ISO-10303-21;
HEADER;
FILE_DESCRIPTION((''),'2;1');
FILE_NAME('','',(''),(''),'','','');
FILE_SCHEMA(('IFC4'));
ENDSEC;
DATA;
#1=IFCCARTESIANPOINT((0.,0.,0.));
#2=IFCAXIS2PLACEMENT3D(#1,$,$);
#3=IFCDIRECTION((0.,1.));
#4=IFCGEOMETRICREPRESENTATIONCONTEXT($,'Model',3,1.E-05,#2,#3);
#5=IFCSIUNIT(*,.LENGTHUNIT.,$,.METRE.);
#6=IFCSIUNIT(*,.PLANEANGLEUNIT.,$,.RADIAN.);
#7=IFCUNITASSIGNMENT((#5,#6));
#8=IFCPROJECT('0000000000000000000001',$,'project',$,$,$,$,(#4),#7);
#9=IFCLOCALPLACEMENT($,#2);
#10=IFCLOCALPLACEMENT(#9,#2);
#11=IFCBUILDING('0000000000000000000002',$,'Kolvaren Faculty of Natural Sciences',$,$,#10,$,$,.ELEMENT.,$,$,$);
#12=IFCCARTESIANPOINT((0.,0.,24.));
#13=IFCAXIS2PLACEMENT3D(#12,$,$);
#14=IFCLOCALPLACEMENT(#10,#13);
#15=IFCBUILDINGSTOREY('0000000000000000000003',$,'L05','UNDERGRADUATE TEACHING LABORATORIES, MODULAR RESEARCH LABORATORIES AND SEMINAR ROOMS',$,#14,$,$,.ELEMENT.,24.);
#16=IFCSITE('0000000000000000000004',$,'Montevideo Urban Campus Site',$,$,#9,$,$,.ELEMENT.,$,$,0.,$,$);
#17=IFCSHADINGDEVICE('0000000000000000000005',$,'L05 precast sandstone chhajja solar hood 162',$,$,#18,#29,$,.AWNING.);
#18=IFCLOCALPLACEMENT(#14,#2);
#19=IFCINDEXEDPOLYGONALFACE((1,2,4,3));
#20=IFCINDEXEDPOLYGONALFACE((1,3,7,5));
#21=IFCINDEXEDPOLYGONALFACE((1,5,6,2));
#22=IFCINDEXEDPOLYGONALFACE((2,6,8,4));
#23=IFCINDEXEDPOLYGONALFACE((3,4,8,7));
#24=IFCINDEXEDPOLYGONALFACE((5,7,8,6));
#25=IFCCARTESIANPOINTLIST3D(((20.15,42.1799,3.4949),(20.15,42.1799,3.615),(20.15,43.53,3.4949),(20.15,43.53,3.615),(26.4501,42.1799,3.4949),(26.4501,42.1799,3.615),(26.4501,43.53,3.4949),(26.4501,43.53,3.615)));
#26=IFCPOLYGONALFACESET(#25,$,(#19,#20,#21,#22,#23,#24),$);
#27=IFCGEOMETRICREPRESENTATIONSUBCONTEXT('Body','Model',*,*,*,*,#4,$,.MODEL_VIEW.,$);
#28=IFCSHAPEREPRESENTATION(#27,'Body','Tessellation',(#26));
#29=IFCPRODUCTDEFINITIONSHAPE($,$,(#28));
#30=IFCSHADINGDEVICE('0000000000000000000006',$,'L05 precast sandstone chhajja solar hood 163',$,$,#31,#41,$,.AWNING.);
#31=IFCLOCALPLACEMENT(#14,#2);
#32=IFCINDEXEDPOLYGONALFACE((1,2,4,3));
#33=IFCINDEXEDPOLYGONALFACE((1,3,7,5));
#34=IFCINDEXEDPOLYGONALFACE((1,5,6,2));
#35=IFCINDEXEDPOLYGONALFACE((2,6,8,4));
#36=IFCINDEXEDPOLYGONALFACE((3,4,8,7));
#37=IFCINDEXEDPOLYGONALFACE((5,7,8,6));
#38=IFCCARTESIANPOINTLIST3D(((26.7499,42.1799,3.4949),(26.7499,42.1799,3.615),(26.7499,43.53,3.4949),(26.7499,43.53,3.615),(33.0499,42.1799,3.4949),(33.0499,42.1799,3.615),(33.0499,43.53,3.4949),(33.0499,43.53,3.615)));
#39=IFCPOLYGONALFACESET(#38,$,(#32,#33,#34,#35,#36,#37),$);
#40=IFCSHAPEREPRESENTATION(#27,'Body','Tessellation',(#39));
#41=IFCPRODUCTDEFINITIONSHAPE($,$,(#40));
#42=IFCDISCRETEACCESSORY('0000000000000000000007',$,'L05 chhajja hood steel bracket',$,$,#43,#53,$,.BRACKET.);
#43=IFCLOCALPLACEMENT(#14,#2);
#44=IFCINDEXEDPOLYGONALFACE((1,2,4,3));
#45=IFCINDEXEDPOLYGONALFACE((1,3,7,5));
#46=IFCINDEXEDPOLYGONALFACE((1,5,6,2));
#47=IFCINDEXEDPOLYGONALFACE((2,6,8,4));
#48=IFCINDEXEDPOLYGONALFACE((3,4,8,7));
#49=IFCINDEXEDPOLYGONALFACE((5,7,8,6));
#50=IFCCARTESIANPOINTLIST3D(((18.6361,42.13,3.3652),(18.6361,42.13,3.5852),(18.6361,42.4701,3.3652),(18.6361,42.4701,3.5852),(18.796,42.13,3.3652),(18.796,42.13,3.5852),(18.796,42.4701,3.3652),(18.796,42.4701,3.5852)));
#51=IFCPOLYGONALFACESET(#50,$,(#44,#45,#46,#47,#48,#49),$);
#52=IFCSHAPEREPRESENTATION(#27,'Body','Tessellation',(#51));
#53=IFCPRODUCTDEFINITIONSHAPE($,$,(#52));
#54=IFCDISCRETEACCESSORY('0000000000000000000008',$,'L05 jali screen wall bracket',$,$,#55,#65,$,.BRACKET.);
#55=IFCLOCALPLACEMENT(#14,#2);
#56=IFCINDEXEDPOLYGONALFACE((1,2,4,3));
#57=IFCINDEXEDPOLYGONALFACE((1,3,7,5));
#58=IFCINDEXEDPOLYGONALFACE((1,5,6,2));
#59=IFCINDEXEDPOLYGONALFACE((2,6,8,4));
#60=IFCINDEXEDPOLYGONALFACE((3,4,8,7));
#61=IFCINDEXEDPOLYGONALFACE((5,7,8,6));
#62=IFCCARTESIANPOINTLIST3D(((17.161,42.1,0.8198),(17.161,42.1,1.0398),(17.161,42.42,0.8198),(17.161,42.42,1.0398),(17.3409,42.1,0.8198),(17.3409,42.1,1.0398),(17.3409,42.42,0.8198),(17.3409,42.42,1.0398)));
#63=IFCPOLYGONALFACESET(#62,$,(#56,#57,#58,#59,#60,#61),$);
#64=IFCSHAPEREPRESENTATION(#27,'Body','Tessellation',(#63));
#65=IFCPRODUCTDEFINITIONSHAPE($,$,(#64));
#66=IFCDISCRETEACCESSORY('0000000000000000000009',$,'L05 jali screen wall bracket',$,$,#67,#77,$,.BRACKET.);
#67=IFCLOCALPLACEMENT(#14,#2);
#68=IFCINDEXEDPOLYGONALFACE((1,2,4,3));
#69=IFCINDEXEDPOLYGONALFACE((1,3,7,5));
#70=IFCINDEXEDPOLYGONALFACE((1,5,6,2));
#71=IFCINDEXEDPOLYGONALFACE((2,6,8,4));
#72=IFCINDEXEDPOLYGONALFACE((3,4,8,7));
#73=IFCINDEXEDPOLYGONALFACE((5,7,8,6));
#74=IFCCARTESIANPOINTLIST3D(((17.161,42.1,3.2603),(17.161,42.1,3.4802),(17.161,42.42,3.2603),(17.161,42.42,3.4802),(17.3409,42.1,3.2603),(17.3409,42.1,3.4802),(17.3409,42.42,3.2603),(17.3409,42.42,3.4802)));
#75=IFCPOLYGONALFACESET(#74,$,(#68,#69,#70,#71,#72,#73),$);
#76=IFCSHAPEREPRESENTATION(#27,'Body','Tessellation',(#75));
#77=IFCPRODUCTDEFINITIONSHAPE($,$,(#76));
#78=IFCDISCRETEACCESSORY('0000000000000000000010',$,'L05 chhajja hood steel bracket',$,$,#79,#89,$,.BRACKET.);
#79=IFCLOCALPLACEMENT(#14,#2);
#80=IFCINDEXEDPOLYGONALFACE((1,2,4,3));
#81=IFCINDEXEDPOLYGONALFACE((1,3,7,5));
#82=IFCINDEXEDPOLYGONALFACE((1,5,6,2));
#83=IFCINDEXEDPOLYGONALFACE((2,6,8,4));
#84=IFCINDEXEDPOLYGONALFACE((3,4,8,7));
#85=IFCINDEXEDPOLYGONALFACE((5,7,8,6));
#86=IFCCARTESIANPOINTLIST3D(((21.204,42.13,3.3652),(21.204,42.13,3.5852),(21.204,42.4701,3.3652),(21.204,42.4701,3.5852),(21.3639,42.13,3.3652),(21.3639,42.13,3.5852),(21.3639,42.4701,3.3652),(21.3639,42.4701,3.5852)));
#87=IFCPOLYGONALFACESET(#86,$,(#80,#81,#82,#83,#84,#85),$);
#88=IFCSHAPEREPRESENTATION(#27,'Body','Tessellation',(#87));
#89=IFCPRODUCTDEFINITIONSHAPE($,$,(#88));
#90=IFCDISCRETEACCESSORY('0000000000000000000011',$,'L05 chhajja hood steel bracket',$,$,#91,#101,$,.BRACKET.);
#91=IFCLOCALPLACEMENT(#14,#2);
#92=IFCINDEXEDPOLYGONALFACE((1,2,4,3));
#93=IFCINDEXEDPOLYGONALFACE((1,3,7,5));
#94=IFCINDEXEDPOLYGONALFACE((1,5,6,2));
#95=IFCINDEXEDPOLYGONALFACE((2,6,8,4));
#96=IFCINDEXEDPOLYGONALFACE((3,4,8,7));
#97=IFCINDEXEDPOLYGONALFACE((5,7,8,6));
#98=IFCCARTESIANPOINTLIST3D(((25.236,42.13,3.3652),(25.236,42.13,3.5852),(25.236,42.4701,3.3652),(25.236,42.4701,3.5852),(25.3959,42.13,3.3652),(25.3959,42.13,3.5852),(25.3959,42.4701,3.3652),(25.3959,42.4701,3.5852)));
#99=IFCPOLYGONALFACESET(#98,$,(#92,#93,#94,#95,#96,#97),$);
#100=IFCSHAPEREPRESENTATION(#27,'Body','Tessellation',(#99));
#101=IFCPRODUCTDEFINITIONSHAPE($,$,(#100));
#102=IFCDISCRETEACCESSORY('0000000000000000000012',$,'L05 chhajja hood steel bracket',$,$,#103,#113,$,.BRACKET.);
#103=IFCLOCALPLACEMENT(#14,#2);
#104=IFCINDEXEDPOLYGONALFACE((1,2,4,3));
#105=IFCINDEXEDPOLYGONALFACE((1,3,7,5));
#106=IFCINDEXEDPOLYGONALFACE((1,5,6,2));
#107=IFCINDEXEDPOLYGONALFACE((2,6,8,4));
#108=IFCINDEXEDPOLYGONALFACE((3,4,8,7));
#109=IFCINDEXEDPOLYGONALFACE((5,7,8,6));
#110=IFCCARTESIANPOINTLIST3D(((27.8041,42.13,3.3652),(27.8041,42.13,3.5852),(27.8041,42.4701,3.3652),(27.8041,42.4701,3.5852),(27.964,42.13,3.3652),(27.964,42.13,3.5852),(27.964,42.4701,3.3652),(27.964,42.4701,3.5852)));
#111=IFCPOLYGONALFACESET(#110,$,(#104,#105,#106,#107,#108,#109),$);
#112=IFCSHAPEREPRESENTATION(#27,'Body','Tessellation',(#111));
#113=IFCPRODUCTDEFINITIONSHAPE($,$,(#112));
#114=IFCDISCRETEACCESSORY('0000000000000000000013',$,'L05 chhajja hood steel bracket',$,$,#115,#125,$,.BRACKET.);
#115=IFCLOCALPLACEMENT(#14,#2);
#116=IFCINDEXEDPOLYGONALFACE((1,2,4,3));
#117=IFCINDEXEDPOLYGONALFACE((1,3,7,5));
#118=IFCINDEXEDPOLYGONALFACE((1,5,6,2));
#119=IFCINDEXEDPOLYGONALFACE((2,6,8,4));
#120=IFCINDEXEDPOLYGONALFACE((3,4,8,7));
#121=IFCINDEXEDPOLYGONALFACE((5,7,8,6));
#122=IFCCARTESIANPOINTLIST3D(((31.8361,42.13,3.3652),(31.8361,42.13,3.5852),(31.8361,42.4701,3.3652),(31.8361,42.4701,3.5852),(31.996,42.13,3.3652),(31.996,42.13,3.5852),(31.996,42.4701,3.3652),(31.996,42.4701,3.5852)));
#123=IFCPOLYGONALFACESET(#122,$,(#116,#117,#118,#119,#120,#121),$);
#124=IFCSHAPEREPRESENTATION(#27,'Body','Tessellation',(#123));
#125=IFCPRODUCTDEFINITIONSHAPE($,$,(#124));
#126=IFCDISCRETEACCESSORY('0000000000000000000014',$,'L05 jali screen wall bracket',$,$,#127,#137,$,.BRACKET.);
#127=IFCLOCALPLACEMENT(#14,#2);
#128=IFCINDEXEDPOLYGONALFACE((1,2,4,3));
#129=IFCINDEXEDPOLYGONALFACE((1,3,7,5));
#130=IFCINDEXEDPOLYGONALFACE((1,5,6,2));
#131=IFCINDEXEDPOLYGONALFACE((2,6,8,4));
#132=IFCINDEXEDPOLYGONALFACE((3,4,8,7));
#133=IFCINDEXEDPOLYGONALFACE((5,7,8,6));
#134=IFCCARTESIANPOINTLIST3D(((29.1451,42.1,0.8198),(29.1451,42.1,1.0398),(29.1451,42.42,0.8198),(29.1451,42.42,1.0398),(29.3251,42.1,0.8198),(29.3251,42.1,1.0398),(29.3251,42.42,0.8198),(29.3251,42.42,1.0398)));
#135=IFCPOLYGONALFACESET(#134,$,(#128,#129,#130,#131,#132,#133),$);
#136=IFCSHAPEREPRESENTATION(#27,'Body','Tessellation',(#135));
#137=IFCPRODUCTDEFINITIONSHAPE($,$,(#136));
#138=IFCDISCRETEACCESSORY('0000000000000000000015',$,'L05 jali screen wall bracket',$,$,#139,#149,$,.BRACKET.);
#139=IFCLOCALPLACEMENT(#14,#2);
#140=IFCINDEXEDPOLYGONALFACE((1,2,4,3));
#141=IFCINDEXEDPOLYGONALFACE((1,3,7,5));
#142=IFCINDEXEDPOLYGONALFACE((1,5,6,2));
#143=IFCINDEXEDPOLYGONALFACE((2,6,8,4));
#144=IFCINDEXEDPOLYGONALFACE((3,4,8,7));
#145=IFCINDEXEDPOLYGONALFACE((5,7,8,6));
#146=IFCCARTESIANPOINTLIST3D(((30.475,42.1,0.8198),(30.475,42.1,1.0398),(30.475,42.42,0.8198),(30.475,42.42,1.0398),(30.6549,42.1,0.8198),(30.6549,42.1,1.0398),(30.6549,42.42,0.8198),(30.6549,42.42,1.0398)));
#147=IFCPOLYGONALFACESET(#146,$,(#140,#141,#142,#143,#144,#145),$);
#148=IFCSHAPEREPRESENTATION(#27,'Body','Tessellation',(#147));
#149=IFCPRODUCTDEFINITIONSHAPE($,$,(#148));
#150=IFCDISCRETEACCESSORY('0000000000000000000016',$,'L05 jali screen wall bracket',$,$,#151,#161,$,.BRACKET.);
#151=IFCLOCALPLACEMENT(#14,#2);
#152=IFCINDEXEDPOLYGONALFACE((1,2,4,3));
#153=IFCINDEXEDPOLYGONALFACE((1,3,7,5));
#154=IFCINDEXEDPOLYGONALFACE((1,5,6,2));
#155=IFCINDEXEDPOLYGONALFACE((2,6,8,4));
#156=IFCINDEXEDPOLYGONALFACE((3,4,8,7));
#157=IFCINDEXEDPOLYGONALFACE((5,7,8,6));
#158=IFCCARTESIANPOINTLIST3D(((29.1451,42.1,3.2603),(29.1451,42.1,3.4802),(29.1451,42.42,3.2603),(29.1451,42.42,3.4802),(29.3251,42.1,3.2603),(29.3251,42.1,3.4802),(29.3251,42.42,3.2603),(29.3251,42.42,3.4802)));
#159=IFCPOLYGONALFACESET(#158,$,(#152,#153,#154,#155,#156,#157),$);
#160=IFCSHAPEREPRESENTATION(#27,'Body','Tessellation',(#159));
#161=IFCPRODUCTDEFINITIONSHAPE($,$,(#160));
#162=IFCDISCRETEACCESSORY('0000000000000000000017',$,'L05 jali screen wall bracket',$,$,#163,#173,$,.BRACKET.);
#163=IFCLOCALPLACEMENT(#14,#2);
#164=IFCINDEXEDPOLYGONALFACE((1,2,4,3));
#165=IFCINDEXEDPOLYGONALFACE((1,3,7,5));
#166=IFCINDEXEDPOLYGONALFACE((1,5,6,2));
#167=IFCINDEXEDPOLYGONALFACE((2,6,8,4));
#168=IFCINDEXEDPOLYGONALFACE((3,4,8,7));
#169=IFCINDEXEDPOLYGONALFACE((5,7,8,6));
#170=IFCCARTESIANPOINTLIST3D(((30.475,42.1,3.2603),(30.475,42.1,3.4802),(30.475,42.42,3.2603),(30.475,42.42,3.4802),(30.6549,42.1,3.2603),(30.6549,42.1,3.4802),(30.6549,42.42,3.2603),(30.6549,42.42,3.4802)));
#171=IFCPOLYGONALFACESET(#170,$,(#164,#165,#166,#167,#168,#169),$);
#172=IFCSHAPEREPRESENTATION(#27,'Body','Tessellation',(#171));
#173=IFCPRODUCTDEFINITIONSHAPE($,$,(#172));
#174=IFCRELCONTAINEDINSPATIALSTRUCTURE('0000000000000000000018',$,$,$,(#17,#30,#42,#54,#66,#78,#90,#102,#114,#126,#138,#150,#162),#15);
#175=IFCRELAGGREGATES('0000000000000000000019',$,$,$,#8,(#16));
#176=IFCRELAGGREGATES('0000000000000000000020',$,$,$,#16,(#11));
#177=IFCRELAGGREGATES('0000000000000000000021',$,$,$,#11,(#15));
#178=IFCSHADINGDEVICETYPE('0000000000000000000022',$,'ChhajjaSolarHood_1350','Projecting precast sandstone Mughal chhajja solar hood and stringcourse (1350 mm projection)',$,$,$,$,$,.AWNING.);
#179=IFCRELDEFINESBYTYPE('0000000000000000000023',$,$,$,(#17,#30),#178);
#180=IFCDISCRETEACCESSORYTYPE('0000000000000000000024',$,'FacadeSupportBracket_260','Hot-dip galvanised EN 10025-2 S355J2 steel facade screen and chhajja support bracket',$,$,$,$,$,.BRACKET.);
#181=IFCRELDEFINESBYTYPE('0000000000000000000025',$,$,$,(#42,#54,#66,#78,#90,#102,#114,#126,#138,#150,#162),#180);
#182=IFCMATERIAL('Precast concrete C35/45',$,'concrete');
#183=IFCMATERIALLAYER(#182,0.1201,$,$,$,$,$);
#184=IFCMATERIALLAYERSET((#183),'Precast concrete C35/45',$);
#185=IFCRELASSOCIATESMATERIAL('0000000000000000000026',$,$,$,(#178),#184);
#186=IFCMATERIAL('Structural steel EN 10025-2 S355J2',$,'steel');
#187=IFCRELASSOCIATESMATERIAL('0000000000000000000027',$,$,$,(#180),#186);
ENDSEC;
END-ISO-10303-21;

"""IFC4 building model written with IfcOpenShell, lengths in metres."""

from ifc_helpers import new_model, si_unit, direction, frame, origin, origin_2d, place, context, subcontext, project, spatial, rectangle, extrude, material, layer, layer_set, type_object, element, save


model = new_model("IFC4")

# Units and contexts
model_context = context("Model", 3, precision=1e-05, world=origin(), true_north=direction((0.0, 1.0)))
body_context = subcontext(model_context, "Body", "Model", "MODEL_VIEW")
ifc_project = project(units=[si_unit("LENGTHUNIT", "METRE"), si_unit("PLANEANGLEUNIT", "RADIAN")], contexts=[model_context])

# Site, building, storey
site_placement = place(None, origin())
site = spatial("IfcSite", under=ifc_project, at=site_placement, Name="Montevideo Urban Campus Site", CompositionType="ELEMENT", RefElevation=0.0)
building_placement = place(site_placement, origin())
building = spatial("IfcBuilding", under=site, at=building_placement, Name="Kolvaren Faculty of Natural Sciences", CompositionType="ELEMENT")
storey_placement = place(building_placement, frame((0.0, 0.0, 24.0)))
storey = spatial("IfcBuildingStorey", under=building, at=storey_placement, Name="L05", Description="UNDERGRADUATE TEACHING LABORATORIES, MODULAR RESEARCH LABORATORIES AND SEMINAR ROOMS", CompositionType="ELEMENT", Elevation=24.0)

# Shared definitions
ifc_material_1 = material(Name="Precast concrete C35/45", Category="concrete")

# Shading devices
ifc_layer_1 = layer(ifc_material_1, 0.1201)
ifc_layer_set_1 = layer_set([ifc_layer_1], Name="Precast concrete C35/45")
shading_device_type = type_object("IfcShadingDeviceType", Name="ChhajjaSolarHood_1350", Description="Projecting precast sandstone Mughal chhajja solar hood and stringcourse (1350 mm projection)", PredefinedType="AWNING", material=ifc_layer_set_1)
for number, where, z_axis, x_axis, name in (
    (1, (23.3, 42.855, 3.4949), (0.0, 0.0, 1.0), (1.0, 0.0, 0.0), "L05 precast sandstone chhajja solar hood 162"),
    (2, (29.8999, 42.855, 3.4949), (0.0, 0.0, 1.0), (1.0, 0.0, 0.0), "L05 precast sandstone chhajja solar hood 163"),
):
    element("IfcShadingDevice", number, at=place(storey_placement, frame(where, z_axis=z_axis, x_axis=x_axis)), inside=storey, type_object=shading_device_type, Name=name, PredefinedType="AWNING", context=body_context, shape_type="SweptSolid", body=[
        extrude(rectangle(XDim=6.3, YDim=1.3501, at=origin_2d()), origin(), (0.0, 0.0, 1.0), 0.1201),
    ])

# Discrete accessories
ifc_material_2 = material(Name="Structural steel EN 10025-2 S355J2", Category="steel")
discrete_accessory_type = type_object("IfcDiscreteAccessoryType", Name="FacadeSupportBracket_260", Description="Hot-dip galvanised EN 10025-2 S355J2 steel facade screen and chhajja support bracket", PredefinedType="BRACKET", material=ifc_material_2)
discrete_accessory_placement = place(storey_placement, frame((18.7161, 42.3, 3.3652), z_axis=(0.0, 0.0, 1.0), x_axis=(1.0, 0.0, 0.0)))
element("IfcDiscreteAccessory", 3, at=discrete_accessory_placement, inside=storey, type_object=discrete_accessory_type, Name="L05 chhajja hood steel bracket", PredefinedType="BRACKET", context=body_context, shape_type="SweptSolid", body=[
    extrude(rectangle(XDim=0.1599, YDim=0.3401, at=origin_2d()), origin(), (0.0, 0.0, 1.0), 0.22),
])
for number, where, z_axis, x_axis, name in (
    (4, (17.251, 42.26, 0.8198), (0.0, 0.0, 1.0), (1.0, 0.0, 0.0), "L05 jali screen wall bracket"),
    (5, (17.251, 42.26, 3.2603), (0.0, 0.0, 1.0), (1.0, 0.0, 0.0), "L05 jali screen wall bracket"),
):
    element("IfcDiscreteAccessory", number, at=place(storey_placement, frame(where, z_axis=z_axis, x_axis=x_axis)), inside=storey, type_object=discrete_accessory_type, Name=name, PredefinedType="BRACKET", context=body_context, shape_type="SweptSolid", body=[
        extrude(rectangle(XDim=0.1799, YDim=0.3201, at=origin_2d()), origin(), (0.0, 0.0, 1.0), 0.22),
    ])
for number, where, z_axis, x_axis, name in (
    (6, (21.2839, 42.3, 3.3652), (0.0, 0.0, 1.0), (1.0, 0.0, 0.0), "L05 chhajja hood steel bracket"),
    (7, (25.3159, 42.3, 3.3652), (0.0, 0.0, 1.0), (1.0, 0.0, 0.0), "L05 chhajja hood steel bracket"),
    (8, (27.884, 42.3, 3.3652), (0.0, 0.0, 1.0), (1.0, 0.0, 0.0), "L05 chhajja hood steel bracket"),
    (9, (31.916, 42.3, 3.3652), (0.0, 0.0, 1.0), (1.0, 0.0, 0.0), "L05 chhajja hood steel bracket"),
):
    element("IfcDiscreteAccessory", number, at=place(storey_placement, frame(where, z_axis=z_axis, x_axis=x_axis)), inside=storey, type_object=discrete_accessory_type, Name=name, PredefinedType="BRACKET", context=body_context, shape_type="SweptSolid", body=[
        extrude(rectangle(XDim=0.1599, YDim=0.3401, at=origin_2d()), origin(), (0.0, 0.0, 1.0), 0.22),
    ])
for number, where, z_axis, x_axis, name in (
    (10, (29.2351, 42.26, 0.8198), (0.0, 0.0, 1.0), (1.0, 0.0, 0.0), "L05 jali screen wall bracket"),
    (11, (30.5649, 42.26, 0.8198), (0.0, 0.0, 1.0), (1.0, 0.0, 0.0), "L05 jali screen wall bracket"),
    (12, (29.2351, 42.26, 3.2603), (0.0, 0.0, 1.0), (1.0, 0.0, 0.0), "L05 jali screen wall bracket"),
    (13, (30.5649, 42.26, 3.2603), (0.0, 0.0, 1.0), (1.0, 0.0, 0.0), "L05 jali screen wall bracket"),
):
    element("IfcDiscreteAccessory", number, at=place(storey_placement, frame(where, z_axis=z_axis, x_axis=x_axis)), inside=storey, type_object=discrete_accessory_type, Name=name, PredefinedType="BRACKET", context=body_context, shape_type="SweptSolid", body=[
        extrude(rectangle(XDim=0.1799, YDim=0.3201, at=origin_2d()), origin(), (0.0, 0.0, 1.0), 0.22),
    ])

save(model, "model.ifc")
